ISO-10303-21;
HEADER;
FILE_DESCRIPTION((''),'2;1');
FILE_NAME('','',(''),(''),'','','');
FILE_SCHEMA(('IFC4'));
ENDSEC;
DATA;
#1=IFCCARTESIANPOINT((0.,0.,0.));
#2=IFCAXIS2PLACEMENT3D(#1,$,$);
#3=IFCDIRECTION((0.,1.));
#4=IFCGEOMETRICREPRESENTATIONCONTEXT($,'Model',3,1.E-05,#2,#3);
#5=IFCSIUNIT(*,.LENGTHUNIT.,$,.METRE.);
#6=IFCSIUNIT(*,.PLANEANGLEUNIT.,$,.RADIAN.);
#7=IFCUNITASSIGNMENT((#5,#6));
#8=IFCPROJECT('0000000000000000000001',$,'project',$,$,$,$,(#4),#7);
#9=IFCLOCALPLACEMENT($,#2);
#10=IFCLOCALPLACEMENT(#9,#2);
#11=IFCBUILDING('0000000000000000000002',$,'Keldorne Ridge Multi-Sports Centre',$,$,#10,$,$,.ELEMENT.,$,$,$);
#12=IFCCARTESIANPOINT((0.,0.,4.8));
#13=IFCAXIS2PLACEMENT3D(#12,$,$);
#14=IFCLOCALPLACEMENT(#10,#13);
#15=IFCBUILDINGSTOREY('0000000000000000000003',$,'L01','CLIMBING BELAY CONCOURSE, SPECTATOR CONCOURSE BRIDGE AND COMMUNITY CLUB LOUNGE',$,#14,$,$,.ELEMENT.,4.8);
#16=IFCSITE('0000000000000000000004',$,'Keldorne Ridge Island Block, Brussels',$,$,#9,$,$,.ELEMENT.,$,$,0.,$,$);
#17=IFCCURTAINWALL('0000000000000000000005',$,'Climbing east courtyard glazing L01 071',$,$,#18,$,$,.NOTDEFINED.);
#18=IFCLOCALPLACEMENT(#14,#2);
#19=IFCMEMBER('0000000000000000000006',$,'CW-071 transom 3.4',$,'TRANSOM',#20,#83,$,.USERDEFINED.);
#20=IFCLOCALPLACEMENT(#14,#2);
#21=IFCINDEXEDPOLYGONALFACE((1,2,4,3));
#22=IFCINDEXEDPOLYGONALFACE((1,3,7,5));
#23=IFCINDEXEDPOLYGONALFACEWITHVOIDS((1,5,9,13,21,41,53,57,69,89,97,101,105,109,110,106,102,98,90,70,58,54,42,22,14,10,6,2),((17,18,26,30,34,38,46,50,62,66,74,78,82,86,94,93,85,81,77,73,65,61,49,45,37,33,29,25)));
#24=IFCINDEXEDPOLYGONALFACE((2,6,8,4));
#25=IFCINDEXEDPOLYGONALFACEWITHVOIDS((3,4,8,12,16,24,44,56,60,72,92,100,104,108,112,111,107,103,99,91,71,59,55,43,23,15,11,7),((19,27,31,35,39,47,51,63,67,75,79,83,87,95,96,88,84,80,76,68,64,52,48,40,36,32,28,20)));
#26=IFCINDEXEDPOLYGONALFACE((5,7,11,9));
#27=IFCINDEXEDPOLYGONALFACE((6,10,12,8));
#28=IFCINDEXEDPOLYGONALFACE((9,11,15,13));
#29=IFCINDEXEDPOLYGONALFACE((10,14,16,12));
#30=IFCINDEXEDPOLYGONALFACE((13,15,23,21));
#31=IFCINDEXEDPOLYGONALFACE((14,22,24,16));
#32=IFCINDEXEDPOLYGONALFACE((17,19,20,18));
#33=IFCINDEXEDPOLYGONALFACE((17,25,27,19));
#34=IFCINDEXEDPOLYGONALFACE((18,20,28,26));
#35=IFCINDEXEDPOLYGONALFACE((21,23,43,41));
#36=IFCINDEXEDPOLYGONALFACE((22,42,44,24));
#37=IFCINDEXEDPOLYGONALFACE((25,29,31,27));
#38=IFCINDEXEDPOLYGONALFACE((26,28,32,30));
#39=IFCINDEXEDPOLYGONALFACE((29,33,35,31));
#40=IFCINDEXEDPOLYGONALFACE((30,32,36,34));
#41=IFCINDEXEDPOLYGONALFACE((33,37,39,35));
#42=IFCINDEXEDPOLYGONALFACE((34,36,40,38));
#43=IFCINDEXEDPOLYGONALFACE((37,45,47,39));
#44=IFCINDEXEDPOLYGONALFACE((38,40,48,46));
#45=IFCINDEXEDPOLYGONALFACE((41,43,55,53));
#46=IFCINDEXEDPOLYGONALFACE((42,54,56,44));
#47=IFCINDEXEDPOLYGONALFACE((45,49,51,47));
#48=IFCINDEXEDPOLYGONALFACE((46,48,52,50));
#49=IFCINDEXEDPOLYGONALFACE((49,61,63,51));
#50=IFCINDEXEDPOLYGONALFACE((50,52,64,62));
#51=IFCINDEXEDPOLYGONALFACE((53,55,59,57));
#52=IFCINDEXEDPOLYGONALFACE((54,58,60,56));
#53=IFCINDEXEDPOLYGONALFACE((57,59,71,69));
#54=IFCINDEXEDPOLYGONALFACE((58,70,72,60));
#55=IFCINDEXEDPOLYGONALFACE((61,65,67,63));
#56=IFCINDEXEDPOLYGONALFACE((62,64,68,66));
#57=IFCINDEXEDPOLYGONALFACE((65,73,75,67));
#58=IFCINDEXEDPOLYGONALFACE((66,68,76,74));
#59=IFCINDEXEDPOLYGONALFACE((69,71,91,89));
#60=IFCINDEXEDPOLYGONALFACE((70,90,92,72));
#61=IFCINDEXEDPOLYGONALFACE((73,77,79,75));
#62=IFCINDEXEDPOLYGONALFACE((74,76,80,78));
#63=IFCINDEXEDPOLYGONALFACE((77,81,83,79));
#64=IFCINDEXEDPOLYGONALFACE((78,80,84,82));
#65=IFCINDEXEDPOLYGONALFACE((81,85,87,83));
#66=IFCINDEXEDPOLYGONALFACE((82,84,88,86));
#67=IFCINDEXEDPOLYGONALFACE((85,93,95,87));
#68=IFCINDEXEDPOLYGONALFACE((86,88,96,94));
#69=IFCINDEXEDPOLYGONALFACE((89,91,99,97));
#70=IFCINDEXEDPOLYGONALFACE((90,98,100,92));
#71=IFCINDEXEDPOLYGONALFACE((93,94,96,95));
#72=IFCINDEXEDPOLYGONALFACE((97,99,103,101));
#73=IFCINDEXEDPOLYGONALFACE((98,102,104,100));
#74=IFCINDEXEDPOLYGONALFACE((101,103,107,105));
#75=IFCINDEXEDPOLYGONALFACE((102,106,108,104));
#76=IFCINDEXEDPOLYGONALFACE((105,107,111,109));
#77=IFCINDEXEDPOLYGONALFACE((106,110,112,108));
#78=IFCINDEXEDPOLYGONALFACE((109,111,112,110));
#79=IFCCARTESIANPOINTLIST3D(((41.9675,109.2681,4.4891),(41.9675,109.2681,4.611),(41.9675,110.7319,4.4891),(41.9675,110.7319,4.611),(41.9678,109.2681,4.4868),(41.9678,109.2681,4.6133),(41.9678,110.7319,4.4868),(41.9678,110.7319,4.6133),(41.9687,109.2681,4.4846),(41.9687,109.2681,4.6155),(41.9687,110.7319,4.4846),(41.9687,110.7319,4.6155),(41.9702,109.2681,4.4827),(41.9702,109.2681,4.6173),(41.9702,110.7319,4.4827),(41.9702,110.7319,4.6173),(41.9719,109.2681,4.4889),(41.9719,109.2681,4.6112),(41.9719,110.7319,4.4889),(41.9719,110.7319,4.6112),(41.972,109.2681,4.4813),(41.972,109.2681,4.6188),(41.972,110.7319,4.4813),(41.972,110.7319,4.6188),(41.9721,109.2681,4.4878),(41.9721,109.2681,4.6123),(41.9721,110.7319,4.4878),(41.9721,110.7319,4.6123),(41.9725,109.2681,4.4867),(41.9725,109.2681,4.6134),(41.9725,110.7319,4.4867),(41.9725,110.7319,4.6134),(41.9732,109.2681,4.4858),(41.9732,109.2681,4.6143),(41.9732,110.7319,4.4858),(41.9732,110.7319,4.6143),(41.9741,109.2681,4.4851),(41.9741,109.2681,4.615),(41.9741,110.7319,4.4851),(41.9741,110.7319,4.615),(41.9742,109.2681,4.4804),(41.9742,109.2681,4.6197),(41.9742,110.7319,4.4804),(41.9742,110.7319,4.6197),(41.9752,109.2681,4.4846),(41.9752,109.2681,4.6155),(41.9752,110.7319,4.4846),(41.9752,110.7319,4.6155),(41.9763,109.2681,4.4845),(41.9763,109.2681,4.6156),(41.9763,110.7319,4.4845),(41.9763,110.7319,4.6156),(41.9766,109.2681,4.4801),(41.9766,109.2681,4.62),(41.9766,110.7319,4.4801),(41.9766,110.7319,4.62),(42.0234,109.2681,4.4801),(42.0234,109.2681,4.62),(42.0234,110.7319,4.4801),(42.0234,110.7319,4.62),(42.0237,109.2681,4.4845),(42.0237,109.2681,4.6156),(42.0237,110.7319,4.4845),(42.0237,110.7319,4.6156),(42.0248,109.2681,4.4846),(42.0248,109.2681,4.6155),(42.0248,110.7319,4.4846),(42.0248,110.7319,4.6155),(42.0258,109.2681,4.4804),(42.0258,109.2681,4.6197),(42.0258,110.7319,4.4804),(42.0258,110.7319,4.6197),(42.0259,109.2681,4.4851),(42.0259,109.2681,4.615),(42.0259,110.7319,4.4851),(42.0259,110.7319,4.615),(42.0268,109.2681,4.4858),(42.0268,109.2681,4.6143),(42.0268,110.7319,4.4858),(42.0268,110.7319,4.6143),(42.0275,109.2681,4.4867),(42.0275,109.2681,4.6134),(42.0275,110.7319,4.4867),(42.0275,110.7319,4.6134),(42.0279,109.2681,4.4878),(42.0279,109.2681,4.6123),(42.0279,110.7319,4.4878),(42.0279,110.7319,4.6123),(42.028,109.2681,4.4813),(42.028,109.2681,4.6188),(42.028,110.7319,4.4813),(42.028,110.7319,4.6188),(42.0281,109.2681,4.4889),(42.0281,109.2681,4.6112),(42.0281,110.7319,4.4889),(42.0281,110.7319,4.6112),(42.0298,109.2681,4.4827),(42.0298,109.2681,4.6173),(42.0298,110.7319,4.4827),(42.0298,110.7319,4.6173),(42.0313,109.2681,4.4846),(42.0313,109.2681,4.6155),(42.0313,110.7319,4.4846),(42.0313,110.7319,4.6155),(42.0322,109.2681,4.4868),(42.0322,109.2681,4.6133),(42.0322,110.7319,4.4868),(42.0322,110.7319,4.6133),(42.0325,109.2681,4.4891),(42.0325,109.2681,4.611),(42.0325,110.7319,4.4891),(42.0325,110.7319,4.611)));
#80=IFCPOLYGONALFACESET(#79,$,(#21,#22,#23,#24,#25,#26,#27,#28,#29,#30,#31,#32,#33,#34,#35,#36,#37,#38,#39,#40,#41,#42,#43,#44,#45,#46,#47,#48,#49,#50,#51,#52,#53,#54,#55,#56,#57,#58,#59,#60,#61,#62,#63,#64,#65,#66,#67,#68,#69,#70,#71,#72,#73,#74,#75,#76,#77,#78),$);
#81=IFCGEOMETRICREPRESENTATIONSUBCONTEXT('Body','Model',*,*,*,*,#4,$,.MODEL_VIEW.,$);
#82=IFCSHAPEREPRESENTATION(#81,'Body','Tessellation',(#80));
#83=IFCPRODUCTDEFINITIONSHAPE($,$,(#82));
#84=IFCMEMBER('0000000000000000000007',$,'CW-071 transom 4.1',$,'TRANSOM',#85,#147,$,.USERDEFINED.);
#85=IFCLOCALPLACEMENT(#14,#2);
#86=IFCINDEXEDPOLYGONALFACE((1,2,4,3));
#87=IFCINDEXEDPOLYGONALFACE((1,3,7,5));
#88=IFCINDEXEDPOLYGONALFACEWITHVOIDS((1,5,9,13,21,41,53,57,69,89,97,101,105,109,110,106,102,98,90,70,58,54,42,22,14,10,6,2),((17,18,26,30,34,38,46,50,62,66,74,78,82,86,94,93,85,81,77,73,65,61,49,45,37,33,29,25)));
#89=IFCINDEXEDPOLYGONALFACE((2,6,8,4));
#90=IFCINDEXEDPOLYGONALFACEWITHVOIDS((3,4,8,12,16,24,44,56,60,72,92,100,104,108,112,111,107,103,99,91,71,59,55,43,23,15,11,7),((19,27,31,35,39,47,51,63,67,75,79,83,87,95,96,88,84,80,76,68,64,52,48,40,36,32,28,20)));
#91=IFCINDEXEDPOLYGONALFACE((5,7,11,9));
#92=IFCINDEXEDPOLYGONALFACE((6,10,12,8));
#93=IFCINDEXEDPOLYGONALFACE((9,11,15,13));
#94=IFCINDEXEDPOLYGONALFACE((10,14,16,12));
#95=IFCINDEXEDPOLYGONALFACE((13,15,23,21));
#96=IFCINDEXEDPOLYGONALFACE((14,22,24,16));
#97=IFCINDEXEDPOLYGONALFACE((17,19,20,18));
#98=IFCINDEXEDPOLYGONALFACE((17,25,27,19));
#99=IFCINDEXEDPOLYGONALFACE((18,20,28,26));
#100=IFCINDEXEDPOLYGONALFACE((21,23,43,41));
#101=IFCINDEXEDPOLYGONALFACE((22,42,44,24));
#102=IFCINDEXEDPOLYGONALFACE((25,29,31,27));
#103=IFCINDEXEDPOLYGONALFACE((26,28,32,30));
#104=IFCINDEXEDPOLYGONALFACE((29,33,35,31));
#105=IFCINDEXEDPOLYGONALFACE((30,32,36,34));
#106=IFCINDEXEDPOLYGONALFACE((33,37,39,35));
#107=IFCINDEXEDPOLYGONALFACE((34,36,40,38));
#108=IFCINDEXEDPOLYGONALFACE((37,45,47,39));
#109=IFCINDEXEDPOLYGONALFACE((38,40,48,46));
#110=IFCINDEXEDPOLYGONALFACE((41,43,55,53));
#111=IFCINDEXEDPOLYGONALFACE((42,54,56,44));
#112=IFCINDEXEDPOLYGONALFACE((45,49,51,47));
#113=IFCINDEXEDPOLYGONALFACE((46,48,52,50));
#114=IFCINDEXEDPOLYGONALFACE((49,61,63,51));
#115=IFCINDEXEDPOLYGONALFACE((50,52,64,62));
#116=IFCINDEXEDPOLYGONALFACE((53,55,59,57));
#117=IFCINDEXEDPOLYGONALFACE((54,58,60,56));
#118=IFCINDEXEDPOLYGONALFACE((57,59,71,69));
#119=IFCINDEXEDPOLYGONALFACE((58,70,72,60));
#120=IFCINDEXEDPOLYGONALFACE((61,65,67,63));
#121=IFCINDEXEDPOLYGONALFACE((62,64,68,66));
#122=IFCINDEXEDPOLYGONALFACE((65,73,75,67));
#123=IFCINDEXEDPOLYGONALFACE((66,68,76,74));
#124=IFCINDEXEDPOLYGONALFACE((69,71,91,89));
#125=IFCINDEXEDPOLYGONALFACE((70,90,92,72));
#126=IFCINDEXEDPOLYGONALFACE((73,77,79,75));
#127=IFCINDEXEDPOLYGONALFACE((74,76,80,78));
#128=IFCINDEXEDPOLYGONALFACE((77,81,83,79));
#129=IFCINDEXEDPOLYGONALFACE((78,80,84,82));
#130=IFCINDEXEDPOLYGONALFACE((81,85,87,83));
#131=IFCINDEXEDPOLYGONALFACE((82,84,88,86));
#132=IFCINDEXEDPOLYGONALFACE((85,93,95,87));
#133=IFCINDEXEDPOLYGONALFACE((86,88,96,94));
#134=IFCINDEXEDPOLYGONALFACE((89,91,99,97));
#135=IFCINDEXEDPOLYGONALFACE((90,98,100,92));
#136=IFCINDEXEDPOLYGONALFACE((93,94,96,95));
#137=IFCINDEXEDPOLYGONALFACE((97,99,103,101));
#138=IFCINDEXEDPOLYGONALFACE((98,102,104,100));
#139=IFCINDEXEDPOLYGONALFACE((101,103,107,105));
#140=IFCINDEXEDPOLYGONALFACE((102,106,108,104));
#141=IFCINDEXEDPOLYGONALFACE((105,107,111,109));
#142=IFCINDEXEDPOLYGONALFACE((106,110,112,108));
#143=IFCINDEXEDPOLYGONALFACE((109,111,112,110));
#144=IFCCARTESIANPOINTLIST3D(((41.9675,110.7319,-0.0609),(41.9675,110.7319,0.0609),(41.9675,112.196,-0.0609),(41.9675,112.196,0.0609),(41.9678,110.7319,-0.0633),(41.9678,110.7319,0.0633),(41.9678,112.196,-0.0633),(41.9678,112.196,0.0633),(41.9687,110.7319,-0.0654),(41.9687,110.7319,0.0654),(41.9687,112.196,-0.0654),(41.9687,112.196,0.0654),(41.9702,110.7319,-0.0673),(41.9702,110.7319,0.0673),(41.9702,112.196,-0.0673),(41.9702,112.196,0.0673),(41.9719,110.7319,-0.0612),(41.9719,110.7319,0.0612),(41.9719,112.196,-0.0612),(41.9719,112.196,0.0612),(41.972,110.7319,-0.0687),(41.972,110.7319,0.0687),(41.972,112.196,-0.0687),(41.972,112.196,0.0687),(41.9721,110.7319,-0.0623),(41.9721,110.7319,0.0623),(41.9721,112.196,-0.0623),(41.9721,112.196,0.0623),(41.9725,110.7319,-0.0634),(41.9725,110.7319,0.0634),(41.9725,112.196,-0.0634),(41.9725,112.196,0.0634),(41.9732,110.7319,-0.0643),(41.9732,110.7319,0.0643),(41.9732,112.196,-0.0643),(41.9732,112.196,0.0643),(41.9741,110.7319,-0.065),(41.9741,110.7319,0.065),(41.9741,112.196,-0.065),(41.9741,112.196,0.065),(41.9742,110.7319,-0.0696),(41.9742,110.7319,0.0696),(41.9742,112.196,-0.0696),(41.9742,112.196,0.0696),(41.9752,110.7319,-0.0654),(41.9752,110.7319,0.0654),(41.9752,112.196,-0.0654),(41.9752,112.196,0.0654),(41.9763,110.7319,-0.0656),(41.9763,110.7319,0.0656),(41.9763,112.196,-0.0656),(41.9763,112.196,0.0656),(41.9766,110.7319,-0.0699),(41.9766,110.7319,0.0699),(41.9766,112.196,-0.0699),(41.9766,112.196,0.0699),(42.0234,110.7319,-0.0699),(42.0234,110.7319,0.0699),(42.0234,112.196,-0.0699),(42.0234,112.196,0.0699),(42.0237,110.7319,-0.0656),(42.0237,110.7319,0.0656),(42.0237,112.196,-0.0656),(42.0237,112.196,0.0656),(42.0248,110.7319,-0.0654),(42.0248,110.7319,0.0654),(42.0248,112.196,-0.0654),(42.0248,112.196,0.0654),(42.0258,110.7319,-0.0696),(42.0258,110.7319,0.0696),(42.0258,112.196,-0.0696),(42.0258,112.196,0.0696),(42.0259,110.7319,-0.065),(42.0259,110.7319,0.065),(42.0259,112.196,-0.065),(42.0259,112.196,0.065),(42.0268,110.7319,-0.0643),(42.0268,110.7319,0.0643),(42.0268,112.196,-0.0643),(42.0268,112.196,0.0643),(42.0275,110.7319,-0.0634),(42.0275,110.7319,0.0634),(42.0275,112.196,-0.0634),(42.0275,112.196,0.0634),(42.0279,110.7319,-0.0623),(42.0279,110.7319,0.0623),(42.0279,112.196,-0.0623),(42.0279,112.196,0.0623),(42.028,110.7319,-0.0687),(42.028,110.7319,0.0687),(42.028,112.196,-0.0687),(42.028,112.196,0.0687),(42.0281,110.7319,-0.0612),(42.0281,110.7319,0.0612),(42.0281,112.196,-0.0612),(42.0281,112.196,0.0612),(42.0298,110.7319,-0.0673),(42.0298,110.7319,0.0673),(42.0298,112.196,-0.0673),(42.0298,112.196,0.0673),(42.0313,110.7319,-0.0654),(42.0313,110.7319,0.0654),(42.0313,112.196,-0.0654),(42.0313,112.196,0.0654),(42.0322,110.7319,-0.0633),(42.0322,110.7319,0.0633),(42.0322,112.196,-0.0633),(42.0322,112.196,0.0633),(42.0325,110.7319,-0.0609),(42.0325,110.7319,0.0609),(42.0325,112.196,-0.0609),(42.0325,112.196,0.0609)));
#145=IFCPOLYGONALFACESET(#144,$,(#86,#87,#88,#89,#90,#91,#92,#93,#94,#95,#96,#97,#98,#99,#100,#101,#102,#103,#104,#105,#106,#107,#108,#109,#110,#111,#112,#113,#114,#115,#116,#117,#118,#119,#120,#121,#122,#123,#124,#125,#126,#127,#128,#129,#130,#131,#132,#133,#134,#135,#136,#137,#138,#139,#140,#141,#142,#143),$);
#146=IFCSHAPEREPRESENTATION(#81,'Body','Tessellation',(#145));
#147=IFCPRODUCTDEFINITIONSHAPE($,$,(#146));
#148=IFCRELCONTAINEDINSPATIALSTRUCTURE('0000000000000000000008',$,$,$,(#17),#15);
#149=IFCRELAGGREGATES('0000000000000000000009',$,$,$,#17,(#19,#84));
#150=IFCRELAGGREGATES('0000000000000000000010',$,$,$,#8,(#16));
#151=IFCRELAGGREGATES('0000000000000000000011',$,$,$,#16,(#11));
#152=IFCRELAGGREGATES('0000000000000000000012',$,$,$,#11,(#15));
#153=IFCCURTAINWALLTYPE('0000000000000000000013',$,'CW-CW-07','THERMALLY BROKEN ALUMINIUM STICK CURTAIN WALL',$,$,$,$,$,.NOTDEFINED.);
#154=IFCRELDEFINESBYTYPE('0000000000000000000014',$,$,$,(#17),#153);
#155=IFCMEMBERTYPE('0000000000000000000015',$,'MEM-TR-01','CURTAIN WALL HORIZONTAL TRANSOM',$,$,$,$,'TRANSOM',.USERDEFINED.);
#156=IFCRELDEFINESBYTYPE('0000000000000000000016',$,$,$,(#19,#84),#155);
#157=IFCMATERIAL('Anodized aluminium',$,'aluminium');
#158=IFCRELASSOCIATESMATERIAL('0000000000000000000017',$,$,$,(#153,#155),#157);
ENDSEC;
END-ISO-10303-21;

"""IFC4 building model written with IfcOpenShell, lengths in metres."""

from ifc_helpers import new_model, si_unit, direction, frame, origin, origin_2d, place, context, subcontext, project, spatial, hollow_rectangle, extrude, material, material_profile, profile_set, type_object, element, aggregate, save


model = new_model("IFC4")

# Units and contexts
model_context = context("Model", 3, precision=1e-05, world=origin(), true_north=direction((0.0, 1.0)))
body_context = subcontext(model_context, "Body", "Model", "MODEL_VIEW")
ifc_project = project(units=[si_unit("LENGTHUNIT", "METRE"), si_unit("PLANEANGLEUNIT", "RADIAN")], contexts=[model_context])

# Site, building, storey
site_placement = place(None, origin())
site = spatial("IfcSite", under=ifc_project, at=site_placement, Name="Keldorne Ridge Island Block, Brussels", CompositionType="ELEMENT", RefElevation=0.0)
building_placement = place(site_placement, origin())
building = spatial("IfcBuilding", under=site, at=building_placement, Name="Keldorne Ridge Multi-Sports Centre", CompositionType="ELEMENT")
storey_placement = place(building_placement, frame((0.0, 0.0, 4.8)))
storey = spatial("IfcBuildingStorey", under=building, at=storey_placement, Name="L01", Description="CLIMBING BELAY CONCOURSE, SPECTATOR CONCOURSE BRIDGE AND COMMUNITY CLUB LOUNGE", CompositionType="ELEMENT", Elevation=4.8)

# Curtain wall
ifc_material_1 = material(Name="Anodized aluminium", Category="aluminium")
curtain_wall_type_1 = type_object("IfcCurtainWallType", Name="CW-CW-07", Description="THERMALLY BROKEN ALUMINIUM STICK CURTAIN WALL", PredefinedType="NOTDEFINED", material=ifc_material_1)
curtain_wall_1_placement = place(storey_placement, origin())
curtain_wall_1 = element("IfcCurtainWall", 1, at=curtain_wall_1_placement, inside=storey, type_object=curtain_wall_type_1, Name="Climbing east courtyard glazing L01 071", PredefinedType="NOTDEFINED")

# Members
ifc_material_profile_1 = material_profile(ifc_material_1, hollow_rectangle(XDim=0.0649, YDim=0.1399, WallThickness=0.0044, InnerFilletRadius=0.0044, OuterFilletRadius=0.009, at=origin_2d()), Name="ALU TRANSOM 140x65x4.5")
ifc_profile_set_1 = profile_set([ifc_material_profile_1], Name="Anodized aluminium")
member_type_1 = type_object("IfcMemberType", Name="MEM-TR-01", Description="CURTAIN WALL HORIZONTAL TRANSOM", ElementType="TRANSOM", PredefinedType="USERDEFINED", material=ifc_profile_set_1)
member_1_placement = place(storey_placement, frame((42.0, 109.2681, 4.55), z_axis=(0.0, 1.0, 0.0), x_axis=(-1.0, 0.0, 0.0)))
member_1 = element("IfcMember", 2, at=member_1_placement, type_object=member_type_1, Name="CW-071 transom 3.4", ObjectType="TRANSOM", PredefinedType="USERDEFINED", context=body_context, shape_type="SweptSolid", body=[
    extrude(hollow_rectangle(XDim=0.0649, YDim=0.1399, WallThickness=0.0044, InnerFilletRadius=0.0044, OuterFilletRadius=0.009, at=origin_2d()), origin(), (0.0, 0.0, 1.0), 1.4639),
])
member_2_placement = place(storey_placement, frame((42.0, 110.7319, 0.0), z_axis=(0.0, 1.0, 0.0), x_axis=(-1.0, 0.0, 0.0)))
member_2 = element("IfcMember", 3, at=member_2_placement, type_object=member_type_1, Name="CW-071 transom 4.1", ObjectType="TRANSOM", PredefinedType="USERDEFINED", context=body_context, shape_type="SweptSolid", body=[
    extrude(hollow_rectangle(XDim=0.0649, YDim=0.1399, WallThickness=0.0044, InnerFilletRadius=0.0044, OuterFilletRadius=0.009, at=origin_2d()), origin(), (0.0, 0.0, 1.0), 1.4641),
])

aggregate(curtain_wall_1, [member_1, member_2])

save(model, "model.ifc")
